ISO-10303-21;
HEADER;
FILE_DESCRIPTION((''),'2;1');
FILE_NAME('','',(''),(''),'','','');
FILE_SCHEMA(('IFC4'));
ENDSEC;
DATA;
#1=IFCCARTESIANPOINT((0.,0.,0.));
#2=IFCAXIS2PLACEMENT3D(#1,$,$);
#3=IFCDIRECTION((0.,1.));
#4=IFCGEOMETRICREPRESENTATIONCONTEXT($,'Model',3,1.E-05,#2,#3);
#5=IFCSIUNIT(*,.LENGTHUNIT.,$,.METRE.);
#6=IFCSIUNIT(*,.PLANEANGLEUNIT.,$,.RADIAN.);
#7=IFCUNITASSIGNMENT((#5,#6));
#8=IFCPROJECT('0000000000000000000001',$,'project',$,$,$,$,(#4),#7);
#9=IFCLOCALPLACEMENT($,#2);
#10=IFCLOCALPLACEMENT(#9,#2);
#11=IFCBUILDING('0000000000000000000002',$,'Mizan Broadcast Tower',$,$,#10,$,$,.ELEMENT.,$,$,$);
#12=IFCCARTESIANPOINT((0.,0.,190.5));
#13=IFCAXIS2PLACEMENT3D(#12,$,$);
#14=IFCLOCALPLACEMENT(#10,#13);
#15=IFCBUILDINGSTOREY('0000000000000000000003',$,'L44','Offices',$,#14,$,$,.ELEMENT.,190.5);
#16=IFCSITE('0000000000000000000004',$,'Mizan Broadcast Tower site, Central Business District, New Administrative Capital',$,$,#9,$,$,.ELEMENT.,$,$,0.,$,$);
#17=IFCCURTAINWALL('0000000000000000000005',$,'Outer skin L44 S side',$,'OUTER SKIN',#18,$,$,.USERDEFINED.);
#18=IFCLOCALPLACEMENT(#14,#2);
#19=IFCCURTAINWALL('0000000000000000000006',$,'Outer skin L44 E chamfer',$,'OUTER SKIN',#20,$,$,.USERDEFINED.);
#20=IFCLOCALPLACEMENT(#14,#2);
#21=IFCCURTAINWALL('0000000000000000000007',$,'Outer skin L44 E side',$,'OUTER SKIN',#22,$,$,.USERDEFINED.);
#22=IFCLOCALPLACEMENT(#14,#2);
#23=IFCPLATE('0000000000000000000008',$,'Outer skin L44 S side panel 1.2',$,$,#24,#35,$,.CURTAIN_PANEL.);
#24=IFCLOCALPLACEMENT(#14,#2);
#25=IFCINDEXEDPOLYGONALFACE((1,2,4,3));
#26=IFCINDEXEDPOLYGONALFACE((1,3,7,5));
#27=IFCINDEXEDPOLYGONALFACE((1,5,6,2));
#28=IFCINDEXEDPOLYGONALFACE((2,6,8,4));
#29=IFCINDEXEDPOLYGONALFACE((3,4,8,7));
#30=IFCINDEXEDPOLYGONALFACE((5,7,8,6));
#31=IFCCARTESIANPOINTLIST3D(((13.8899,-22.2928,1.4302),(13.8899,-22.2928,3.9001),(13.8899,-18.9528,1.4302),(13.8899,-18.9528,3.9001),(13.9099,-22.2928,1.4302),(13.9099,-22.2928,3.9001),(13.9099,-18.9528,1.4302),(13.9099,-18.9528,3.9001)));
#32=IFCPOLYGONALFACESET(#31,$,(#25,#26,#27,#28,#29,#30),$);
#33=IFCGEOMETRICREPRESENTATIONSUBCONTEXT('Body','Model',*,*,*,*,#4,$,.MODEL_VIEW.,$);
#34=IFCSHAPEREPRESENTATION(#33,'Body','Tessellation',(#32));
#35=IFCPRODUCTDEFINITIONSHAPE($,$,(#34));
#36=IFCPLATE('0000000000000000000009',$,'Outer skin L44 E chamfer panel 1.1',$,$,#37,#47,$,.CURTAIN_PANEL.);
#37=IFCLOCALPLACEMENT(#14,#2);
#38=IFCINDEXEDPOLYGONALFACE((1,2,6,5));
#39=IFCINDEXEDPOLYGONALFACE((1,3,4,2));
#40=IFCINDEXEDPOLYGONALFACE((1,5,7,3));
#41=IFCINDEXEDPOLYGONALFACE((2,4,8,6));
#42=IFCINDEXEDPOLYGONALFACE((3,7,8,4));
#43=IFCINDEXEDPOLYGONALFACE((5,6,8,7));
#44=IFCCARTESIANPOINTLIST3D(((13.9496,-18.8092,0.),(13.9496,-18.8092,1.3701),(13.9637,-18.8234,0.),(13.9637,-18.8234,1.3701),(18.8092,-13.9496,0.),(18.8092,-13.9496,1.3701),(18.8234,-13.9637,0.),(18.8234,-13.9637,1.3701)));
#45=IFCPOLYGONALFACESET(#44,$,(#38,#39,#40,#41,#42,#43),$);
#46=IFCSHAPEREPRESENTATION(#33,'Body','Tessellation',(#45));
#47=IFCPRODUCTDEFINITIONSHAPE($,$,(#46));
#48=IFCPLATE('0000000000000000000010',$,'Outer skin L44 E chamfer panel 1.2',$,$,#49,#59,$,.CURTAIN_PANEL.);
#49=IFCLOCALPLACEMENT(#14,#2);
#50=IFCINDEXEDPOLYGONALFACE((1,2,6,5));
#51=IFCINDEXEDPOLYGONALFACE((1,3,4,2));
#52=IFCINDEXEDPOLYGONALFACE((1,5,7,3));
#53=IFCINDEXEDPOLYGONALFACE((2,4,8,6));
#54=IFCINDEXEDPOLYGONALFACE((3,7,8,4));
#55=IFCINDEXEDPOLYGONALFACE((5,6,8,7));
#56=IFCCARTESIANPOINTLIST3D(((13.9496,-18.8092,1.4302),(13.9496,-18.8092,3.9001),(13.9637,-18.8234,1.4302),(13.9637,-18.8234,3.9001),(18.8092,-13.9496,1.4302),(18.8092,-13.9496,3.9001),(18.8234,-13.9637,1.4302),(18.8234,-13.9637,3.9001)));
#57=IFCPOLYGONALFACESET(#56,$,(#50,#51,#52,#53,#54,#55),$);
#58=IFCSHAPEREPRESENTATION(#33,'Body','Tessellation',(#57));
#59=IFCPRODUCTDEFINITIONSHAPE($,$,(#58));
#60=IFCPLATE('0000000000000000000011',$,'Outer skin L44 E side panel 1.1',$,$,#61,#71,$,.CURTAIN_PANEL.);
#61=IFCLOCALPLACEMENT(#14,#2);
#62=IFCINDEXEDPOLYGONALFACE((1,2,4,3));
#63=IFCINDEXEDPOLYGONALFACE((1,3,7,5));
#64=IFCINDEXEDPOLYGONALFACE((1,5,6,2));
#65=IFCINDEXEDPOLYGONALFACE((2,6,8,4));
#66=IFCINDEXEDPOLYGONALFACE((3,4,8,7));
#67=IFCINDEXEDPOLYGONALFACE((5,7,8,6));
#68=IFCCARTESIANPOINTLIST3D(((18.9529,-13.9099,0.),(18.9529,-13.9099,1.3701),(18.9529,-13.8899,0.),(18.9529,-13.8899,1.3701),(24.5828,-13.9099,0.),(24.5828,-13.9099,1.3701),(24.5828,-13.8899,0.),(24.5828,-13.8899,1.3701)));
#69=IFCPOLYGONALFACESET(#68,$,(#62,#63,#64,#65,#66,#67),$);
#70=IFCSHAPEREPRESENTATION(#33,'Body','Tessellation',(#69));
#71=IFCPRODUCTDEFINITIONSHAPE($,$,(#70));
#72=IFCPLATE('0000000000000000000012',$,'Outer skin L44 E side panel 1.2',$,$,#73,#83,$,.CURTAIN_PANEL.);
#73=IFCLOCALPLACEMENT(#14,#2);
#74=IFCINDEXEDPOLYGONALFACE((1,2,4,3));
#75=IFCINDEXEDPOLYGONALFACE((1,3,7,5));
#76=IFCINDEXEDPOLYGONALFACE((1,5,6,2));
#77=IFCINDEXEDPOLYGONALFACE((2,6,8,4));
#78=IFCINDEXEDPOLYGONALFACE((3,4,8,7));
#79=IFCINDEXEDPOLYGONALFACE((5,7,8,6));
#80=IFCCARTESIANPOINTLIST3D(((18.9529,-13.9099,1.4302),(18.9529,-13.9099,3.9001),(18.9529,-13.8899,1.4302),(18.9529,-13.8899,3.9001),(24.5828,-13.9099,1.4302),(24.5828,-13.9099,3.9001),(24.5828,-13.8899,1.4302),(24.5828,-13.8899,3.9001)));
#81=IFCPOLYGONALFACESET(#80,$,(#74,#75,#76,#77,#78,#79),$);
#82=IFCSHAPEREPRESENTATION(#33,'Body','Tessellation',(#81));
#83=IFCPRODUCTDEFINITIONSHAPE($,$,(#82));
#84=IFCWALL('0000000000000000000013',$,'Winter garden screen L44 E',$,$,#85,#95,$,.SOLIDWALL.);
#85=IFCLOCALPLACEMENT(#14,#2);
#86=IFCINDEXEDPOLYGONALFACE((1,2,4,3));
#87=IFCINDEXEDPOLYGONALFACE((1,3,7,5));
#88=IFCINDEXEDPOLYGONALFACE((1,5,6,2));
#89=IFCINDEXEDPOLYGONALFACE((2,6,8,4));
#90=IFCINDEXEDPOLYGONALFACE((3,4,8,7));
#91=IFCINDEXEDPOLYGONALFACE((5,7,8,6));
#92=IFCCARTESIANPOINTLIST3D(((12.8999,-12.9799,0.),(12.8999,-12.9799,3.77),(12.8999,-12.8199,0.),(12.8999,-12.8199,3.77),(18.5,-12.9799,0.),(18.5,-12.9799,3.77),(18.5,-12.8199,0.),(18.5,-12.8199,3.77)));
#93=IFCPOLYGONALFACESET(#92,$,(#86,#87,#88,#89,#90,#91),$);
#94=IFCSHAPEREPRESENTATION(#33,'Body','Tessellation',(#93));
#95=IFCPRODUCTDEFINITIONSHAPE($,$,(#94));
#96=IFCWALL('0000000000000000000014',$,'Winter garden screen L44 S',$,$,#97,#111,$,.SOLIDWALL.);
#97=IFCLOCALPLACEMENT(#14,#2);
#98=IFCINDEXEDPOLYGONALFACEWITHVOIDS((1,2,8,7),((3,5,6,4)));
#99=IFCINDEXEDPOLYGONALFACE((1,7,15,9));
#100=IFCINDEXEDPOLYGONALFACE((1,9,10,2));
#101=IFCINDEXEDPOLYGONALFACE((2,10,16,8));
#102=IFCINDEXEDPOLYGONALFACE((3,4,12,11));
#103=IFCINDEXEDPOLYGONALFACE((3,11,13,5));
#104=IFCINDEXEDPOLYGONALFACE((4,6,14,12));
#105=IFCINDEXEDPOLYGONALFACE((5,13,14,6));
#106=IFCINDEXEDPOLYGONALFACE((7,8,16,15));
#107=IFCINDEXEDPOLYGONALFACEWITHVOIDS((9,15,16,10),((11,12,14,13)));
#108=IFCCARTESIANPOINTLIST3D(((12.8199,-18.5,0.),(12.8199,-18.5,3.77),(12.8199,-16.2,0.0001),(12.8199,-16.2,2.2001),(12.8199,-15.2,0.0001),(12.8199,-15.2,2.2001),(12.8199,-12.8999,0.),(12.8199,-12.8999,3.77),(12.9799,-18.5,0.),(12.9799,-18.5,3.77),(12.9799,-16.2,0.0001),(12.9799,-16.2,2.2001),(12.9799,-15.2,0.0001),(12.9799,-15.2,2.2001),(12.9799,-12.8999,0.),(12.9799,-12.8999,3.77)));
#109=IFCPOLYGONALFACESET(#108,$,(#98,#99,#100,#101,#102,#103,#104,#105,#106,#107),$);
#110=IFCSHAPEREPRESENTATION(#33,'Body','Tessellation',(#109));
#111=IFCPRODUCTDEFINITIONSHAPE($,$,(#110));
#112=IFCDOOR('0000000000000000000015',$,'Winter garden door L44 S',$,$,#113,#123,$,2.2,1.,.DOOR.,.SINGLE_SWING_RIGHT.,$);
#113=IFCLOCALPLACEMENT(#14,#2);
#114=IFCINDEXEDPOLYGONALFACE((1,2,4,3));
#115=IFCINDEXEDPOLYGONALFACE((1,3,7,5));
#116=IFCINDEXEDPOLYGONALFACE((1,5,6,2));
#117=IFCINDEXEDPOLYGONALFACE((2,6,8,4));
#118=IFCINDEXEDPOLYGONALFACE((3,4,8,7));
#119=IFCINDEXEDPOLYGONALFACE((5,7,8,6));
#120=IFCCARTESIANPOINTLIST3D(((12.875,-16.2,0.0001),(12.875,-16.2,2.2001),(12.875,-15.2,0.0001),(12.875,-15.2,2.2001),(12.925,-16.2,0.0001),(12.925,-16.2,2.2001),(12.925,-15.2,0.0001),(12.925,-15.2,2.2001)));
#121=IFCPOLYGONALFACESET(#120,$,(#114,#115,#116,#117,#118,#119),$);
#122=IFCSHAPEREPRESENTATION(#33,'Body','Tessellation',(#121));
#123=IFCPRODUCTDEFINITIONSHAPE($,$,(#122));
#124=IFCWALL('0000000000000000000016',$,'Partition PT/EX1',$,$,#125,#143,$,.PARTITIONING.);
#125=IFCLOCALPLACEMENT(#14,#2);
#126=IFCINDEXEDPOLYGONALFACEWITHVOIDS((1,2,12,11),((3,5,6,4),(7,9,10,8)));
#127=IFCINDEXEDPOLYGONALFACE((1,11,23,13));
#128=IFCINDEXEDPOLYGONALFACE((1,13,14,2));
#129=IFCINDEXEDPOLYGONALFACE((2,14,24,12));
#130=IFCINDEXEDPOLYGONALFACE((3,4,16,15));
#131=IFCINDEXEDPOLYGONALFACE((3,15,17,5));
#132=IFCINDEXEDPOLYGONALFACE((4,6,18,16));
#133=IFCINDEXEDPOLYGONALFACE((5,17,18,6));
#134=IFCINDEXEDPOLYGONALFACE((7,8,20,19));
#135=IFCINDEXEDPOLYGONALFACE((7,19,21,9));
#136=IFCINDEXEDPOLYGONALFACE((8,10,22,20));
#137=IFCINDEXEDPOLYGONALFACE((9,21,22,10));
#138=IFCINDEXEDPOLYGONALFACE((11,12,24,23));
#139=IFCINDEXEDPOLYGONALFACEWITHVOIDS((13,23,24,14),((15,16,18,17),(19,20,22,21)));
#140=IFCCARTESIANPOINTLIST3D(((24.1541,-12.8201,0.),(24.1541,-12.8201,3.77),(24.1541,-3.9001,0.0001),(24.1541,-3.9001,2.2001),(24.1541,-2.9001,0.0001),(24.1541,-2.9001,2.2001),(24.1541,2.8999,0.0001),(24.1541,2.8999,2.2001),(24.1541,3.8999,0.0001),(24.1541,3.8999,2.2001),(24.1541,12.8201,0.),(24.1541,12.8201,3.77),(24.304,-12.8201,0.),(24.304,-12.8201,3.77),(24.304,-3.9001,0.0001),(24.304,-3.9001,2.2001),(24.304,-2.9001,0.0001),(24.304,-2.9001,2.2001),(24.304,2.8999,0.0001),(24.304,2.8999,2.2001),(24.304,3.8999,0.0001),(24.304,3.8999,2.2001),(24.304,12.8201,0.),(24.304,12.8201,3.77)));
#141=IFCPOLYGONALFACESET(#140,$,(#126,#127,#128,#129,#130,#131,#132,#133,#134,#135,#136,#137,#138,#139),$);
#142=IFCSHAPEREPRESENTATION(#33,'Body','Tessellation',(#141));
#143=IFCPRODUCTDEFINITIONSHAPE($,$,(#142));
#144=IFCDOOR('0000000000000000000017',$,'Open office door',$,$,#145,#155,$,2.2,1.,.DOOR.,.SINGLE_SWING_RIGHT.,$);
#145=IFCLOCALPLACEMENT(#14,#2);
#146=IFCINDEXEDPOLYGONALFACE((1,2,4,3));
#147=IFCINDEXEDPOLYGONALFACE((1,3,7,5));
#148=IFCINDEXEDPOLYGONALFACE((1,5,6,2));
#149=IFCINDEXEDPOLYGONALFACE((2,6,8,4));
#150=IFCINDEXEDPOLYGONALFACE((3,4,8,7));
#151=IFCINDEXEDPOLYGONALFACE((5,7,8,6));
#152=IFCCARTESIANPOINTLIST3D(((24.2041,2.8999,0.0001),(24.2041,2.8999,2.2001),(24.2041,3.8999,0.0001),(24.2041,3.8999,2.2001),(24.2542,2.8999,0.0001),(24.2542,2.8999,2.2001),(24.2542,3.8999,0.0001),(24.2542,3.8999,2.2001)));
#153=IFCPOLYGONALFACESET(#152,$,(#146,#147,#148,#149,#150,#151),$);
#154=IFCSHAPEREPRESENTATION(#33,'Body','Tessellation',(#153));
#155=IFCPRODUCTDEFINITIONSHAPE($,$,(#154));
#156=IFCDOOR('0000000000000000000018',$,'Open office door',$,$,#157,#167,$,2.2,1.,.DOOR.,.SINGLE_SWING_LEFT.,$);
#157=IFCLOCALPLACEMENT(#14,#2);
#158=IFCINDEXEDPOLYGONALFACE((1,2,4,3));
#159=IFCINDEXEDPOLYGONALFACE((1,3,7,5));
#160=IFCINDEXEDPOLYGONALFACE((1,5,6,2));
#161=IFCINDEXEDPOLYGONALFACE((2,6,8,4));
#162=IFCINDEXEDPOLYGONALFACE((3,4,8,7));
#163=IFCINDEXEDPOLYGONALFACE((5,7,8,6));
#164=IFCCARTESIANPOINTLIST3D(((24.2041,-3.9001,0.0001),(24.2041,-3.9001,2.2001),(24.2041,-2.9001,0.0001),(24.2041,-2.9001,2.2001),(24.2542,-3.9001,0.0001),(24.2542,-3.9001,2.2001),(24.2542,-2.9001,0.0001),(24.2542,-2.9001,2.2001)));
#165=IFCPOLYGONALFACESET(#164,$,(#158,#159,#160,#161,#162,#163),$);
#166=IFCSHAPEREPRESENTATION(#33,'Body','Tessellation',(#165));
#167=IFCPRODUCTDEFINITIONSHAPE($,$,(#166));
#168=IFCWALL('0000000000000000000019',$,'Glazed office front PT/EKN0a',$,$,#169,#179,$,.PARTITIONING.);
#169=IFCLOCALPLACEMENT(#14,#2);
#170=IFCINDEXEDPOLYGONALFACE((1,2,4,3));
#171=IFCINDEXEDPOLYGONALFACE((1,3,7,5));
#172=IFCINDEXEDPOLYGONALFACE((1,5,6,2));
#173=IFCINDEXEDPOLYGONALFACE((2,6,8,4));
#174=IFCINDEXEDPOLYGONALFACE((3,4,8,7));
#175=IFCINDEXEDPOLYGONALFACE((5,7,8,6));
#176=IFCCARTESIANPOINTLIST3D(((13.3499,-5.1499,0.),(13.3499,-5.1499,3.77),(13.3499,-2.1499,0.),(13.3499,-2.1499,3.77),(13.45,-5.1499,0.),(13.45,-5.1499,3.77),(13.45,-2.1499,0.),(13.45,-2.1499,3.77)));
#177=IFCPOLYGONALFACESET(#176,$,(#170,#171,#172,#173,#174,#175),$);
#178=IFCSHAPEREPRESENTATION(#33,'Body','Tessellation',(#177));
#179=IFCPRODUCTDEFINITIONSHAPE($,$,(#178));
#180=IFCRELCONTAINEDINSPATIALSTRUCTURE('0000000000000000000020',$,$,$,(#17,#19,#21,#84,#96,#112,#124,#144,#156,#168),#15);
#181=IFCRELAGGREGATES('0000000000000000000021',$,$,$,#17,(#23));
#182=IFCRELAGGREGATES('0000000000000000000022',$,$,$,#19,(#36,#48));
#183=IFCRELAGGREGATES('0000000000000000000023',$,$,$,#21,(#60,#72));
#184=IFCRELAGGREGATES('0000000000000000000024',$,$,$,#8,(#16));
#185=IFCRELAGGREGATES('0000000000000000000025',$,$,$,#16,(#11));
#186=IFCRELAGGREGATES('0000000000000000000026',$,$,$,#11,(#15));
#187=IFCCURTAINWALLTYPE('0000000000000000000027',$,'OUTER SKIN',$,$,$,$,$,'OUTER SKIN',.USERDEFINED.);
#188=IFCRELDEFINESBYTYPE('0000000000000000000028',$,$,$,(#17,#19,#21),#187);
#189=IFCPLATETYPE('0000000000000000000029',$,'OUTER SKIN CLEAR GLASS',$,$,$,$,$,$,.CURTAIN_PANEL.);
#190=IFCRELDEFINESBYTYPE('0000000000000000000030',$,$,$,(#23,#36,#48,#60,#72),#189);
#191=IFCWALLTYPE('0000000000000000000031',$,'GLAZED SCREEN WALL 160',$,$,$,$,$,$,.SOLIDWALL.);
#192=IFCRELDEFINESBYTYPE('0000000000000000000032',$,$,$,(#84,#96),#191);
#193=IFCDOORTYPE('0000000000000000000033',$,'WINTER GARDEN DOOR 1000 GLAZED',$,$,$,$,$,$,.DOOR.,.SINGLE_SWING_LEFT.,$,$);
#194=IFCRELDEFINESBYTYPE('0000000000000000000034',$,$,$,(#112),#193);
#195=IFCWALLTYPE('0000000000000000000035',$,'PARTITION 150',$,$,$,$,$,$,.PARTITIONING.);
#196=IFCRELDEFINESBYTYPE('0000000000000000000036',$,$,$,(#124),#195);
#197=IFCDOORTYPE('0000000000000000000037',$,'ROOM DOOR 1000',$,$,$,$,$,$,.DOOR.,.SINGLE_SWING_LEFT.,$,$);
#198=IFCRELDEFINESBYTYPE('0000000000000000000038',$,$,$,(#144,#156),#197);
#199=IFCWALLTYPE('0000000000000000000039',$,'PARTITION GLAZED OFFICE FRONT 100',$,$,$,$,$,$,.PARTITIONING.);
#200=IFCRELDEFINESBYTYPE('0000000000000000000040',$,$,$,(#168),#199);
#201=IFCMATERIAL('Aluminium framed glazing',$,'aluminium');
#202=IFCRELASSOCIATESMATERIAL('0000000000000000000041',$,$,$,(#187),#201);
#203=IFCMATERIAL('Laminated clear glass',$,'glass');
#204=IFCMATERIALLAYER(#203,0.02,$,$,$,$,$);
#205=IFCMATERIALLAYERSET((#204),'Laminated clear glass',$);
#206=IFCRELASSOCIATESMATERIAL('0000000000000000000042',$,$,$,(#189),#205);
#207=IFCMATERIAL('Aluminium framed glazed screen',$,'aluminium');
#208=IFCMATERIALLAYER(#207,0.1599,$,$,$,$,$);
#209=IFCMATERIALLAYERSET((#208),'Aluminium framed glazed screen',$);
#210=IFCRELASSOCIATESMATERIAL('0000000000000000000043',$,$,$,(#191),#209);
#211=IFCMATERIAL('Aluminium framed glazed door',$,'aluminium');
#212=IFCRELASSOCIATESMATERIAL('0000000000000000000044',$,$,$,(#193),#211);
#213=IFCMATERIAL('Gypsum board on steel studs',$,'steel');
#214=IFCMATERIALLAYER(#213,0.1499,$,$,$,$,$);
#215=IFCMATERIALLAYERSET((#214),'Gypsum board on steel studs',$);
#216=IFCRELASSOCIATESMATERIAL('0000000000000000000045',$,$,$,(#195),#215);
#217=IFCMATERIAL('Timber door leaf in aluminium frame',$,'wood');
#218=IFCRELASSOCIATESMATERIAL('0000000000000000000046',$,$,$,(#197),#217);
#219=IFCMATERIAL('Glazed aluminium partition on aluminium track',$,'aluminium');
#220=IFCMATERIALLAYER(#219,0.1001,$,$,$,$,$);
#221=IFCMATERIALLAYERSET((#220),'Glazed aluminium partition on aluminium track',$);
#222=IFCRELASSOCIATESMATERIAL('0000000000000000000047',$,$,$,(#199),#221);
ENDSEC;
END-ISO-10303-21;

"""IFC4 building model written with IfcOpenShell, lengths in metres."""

from ifc_helpers import new_model, si_unit, direction, frame, frame_2d, origin, origin_2d, place, context, subcontext, project, spatial, rectangle, extrude, material, layer, layer_set, type_object, element, fill, aggregate, save


model = new_model("IFC4")

# Units and contexts
model_context = context("Model", 3, precision=1e-05, world=origin(), true_north=direction((0.0, 1.0)))
body_context = subcontext(model_context, "Body", "Model", "MODEL_VIEW")
ifc_project = project(units=[si_unit("LENGTHUNIT", "METRE"), si_unit("PLANEANGLEUNIT", "RADIAN")], contexts=[model_context])

# Site, building, storey
site_placement = place(None, origin())
site = spatial("IfcSite", under=ifc_project, at=site_placement, Name="Mizan Broadcast Tower site, Central Business District, New Administrative Capital", CompositionType="ELEMENT", RefElevation=0.0)
building_placement = place(site_placement, origin())
building = spatial("IfcBuilding", under=site, at=building_placement, Name="Mizan Broadcast Tower", CompositionType="ELEMENT")
storey_placement = place(building_placement, frame((0.0, 0.0, 190.5)))
storey = spatial("IfcBuildingStorey", under=building, at=storey_placement, Name="L44", Description="Offices", CompositionType="ELEMENT", Elevation=190.5)

# Curtain walls
ifc_material_1 = material(Name="Aluminium framed glazing", Category="aluminium")
curtain_wall_type_1 = type_object("IfcCurtainWallType", Name="OUTER SKIN", ElementType="OUTER SKIN", PredefinedType="USERDEFINED", material=ifc_material_1)
curtain_wall_1_placement = place(storey_placement, origin())
curtain_wall_1 = element("IfcCurtainWall", 1, at=curtain_wall_1_placement, inside=storey, type_object=curtain_wall_type_1, Name="Outer skin L44 S side", ObjectType="OUTER SKIN", PredefinedType="USERDEFINED")
curtain_wall_2_placement = place(storey_placement, origin())
curtain_wall_2 = element("IfcCurtainWall", 2, at=curtain_wall_2_placement, inside=storey, type_object=curtain_wall_type_1, Name="Outer skin L44 E chamfer", ObjectType="OUTER SKIN", PredefinedType="USERDEFINED")
curtain_wall_3_placement = place(storey_placement, origin())
curtain_wall_3 = element("IfcCurtainWall", 3, at=curtain_wall_3_placement, inside=storey, type_object=curtain_wall_type_1, Name="Outer skin L44 E side", ObjectType="OUTER SKIN", PredefinedType="USERDEFINED")

# Plates
ifc_material_2 = material(Name="Laminated clear glass", Category="glass")
ifc_layer_1 = layer(ifc_material_2, 0.02)
ifc_layer_set_1 = layer_set([ifc_layer_1], Name="Laminated clear glass")
plate_type_1 = type_object("IfcPlateType", Name="OUTER SKIN CLEAR GLASS", PredefinedType="CURTAIN_PANEL", material=ifc_layer_set_1)
plate_1_placement = place(storey_placement, frame((13.8999, -20.6228, 1.4302), z_axis=(0.0, 0.0, 1.0), x_axis=(0.0, 1.0, 0.0)))
plate_1 = element("IfcPlate", 4, at=plate_1_placement, type_object=plate_type_1, Name="Outer skin L44 S side panel 1.2", PredefinedType="CURTAIN_PANEL", context=body_context, shape_type="SweptSolid", body=[
    extrude(rectangle(XDim=3.3401, YDim=0.02, at=origin_2d()), origin(), (0.0, 0.0, 1.0), 2.47),
])
aggregate(curtain_wall_1, [plate_1])
plate_2_placement = place(storey_placement, frame((16.3865, -16.3865, 0.0), z_axis=(0.0, 0.0, 1.0), x_axis=(0.707107, 0.707107, 0.0)))
plate_2 = element("IfcPlate", 5, at=plate_2_placement, type_object=plate_type_1, Name="Outer skin L44 E chamfer panel 1.1", PredefinedType="CURTAIN_PANEL", context=body_context, shape_type="SweptSolid", body=[
    extrude(rectangle(XDim=6.8726, YDim=0.02, at=origin_2d()), origin(), (0.0, 0.0, 1.0), 1.3701),
])
plate_3_placement = place(storey_placement, frame((16.3865, -16.3865, 1.4302), z_axis=(0.0, 0.0, 1.0), x_axis=(0.707107, 0.707107, 0.0)))
plate_3 = element("IfcPlate", 6, at=plate_3_placement, type_object=plate_type_1, Name="Outer skin L44 E chamfer panel 1.2", PredefinedType="CURTAIN_PANEL", context=body_context, shape_type="SweptSolid", body=[
    extrude(rectangle(XDim=6.8726, YDim=0.02, at=origin_2d()), origin(), (0.0, 0.0, 1.0), 2.47),
])
aggregate(curtain_wall_2, [plate_2, plate_3])
plate_4_placement = place(storey_placement, frame((21.7678, -13.8999, 0.0), z_axis=(0.0, 0.0, 1.0), x_axis=(1.0, 0.0, 0.0)))
plate_4 = element("IfcPlate", 7, at=plate_4_placement, type_object=plate_type_1, Name="Outer skin L44 E side panel 1.1", PredefinedType="CURTAIN_PANEL", context=body_context, shape_type="SweptSolid", body=[
    extrude(rectangle(XDim=5.6299, YDim=0.02, at=origin_2d()), origin(), (0.0, 0.0, 1.0), 1.3701),
])
plate_5_placement = place(storey_placement, frame((21.7678, -13.8999, 1.4302), z_axis=(0.0, 0.0, 1.0), x_axis=(1.0, 0.0, 0.0)))
plate_5 = element("IfcPlate", 8, at=plate_5_placement, type_object=plate_type_1, Name="Outer skin L44 E side panel 1.2", PredefinedType="CURTAIN_PANEL", context=body_context, shape_type="SweptSolid", body=[
    extrude(rectangle(XDim=5.6299, YDim=0.02, at=origin_2d()), origin(), (0.0, 0.0, 1.0), 2.47),
])
aggregate(curtain_wall_3, [plate_4, plate_5])

# Wall
ifc_material_3 = material(Name="Aluminium framed glazed screen", Category="aluminium")
ifc_layer_2 = layer(ifc_material_3, 0.1599)
ifc_layer_set_2 = layer_set([ifc_layer_2], Name="Aluminium framed glazed screen")
wall_type_1 = type_object("IfcWallType", Name="GLAZED SCREEN WALL 160", PredefinedType="SOLIDWALL", material=ifc_layer_set_2)
wall_1_placement = place(storey_placement, frame((12.8999, -12.8999, 0.0), z_axis=(0.0, 0.0, 1.0), x_axis=(1.0, 0.0, 0.0)))
element("IfcWall", 9, at=wall_1_placement, inside=storey, type_object=wall_type_1, Name="Winter garden screen L44 E", PredefinedType="SOLIDWALL", context=body_context, shape_type="SweptSolid", body=[
    extrude(rectangle(XDim=5.6001, YDim=0.1599, at=frame_2d((2.8, 0.0))), origin(), (0.0, 0.0, 1.0), 3.77),
])

# Wall, opening, door
wall_2_placement = place(storey_placement, frame((12.8999, -18.5, 0.0), z_axis=(0.0, 0.0, 1.0), x_axis=(0.0, 1.0, 0.0)))
wall_2 = element("IfcWall", 10, at=wall_2_placement, inside=storey, type_object=wall_type_1, Name="Winter garden screen L44 S", PredefinedType="SOLIDWALL", context=body_context, shape_type="SweptSolid", body=[
    extrude(rectangle(XDim=5.6001, YDim=0.1599, at=frame_2d((2.8, 0.0))), origin(), (0.0, 0.0, 1.0), 3.77),
])
opening_1_placement = place(wall_2_placement, frame((2.3, 0.0, 0.0)))
opening_1 = element("IfcOpeningElement", 11, at=opening_1_placement, cuts=wall_2, PredefinedType="OPENING", context=body_context, shape_type="SweptSolid", body=[
    extrude(rectangle(XDim=1.0, YDim=2.2, at=frame_2d((0.5, 1.1001))), frame((0.0, 0.0898, 0.0), z_axis=(0.0, -1.0, 0.0), x_axis=(1.0, 0.0, 0.0)), (0.0, 0.0, 1.0), 0.1799),
])
ifc_material_4 = material(Name="Aluminium framed glazed door", Category="aluminium")
door_type_1 = type_object("IfcDoorType", Name="WINTER GARDEN DOOR 1000 GLAZED", OperationType="SINGLE_SWING_LEFT", PredefinedType="DOOR", material=ifc_material_4)
door_1_placement = place(opening_1_placement, origin())
door_1 = element("IfcDoor", 12, at=door_1_placement, inside=storey, type_object=door_type_1, Name="Winter garden door L44 S", OperationType="SINGLE_SWING_RIGHT", OverallHeight=2.2, OverallWidth=1.0, PredefinedType="DOOR", context=body_context, shape_type="SweptSolid", body=[
    extrude(rectangle(XDim=1.0, YDim=2.2, at=frame_2d((0.5, 1.1001))), frame((0.0, 0.0249, 0.0), z_axis=(0.0, -1.0, 0.0), x_axis=(1.0, 0.0, 0.0)), (0.0, 0.0, 1.0), 0.05),
])
fill(opening_1, door_1)

# Wall, openings, doors
ifc_material_5 = material(Name="Gypsum board on steel studs", Category="steel")
ifc_layer_3 = layer(ifc_material_5, 0.1499)
ifc_layer_set_3 = layer_set([ifc_layer_3], Name="Gypsum board on steel studs")
wall_type_2 = type_object("IfcWallType", Name="PARTITION 150", PredefinedType="PARTITIONING", material=ifc_layer_set_3)
wall_3_placement = place(storey_placement, frame((24.229, -12.8201, 0.0), z_axis=(0.0, 0.0, 1.0), x_axis=(0.0, 1.0, 0.0)))
wall_3 = element("IfcWall", 13, at=wall_3_placement, inside=storey, type_object=wall_type_2, Name="Partition PT/EX1", PredefinedType="PARTITIONING", context=body_context, shape_type="SweptSolid", body=[
    extrude(rectangle(XDim=25.6401, YDim=0.1499, at=frame_2d((12.8201, 0.0))), origin(), (0.0, 0.0, 1.0), 3.77),
])
opening_2_placement = place(wall_3_placement, frame((15.72, 0.0, 0.0)))
opening_2 = element("IfcOpeningElement", 14, at=opening_2_placement, cuts=wall_3, PredefinedType="OPENING", context=body_context, shape_type="SweptSolid", body=[
    extrude(rectangle(XDim=1.0, YDim=2.2, at=frame_2d((0.5, 1.1001))), frame((0.0, 0.085, 0.0), z_axis=(0.0, -1.0, 0.0), x_axis=(1.0, 0.0, 0.0)), (0.0, 0.0, 1.0), 0.1699),
])
opening_3_placement = place(wall_3_placement, frame((8.9199, 0.0, 0.0)))
opening_3 = element("IfcOpeningElement", 15, at=opening_3_placement, cuts=wall_3, PredefinedType="OPENING", context=body_context, shape_type="SweptSolid", body=[
    extrude(rectangle(XDim=1.0, YDim=2.2, at=frame_2d((0.5, 1.1001))), frame((0.0, 0.085, 0.0), z_axis=(0.0, -1.0, 0.0), x_axis=(1.0, 0.0, 0.0)), (0.0, 0.0, 1.0), 0.1699),
])
ifc_material_6 = material(Name="Timber door leaf in aluminium frame", Category="wood")
door_type_2 = type_object("IfcDoorType", Name="ROOM DOOR 1000", OperationType="SINGLE_SWING_LEFT", PredefinedType="DOOR", material=ifc_material_6)
door_2_placement = place(opening_2_placement, origin())
door_2 = element("IfcDoor", 16, at=door_2_placement, inside=storey, type_object=door_type_2, Name="Open office door", OperationType="SINGLE_SWING_RIGHT", OverallHeight=2.2, OverallWidth=1.0, PredefinedType="DOOR", context=body_context, shape_type="SweptSolid", body=[
    extrude(rectangle(XDim=1.0, YDim=2.2, at=frame_2d((0.5, 1.1001))), frame((0.0, 0.0249, 0.0), z_axis=(0.0, -1.0, 0.0), x_axis=(1.0, 0.0, 0.0)), (0.0, 0.0, 1.0), 0.05),
])
fill(opening_2, door_2)
door_3_placement = place(opening_3_placement, origin())
door_3 = element("IfcDoor", 17, at=door_3_placement, inside=storey, type_object=door_type_2, Name="Open office door", OperationType="SINGLE_SWING_LEFT", OverallHeight=2.2, OverallWidth=1.0, PredefinedType="DOOR", context=body_context, shape_type="SweptSolid", body=[
    extrude(rectangle(XDim=1.0, YDim=2.2, at=frame_2d((0.5, 1.1001))), frame((0.0, 0.0249, 0.0), z_axis=(0.0, -1.0, 0.0), x_axis=(1.0, 0.0, 0.0)), (0.0, 0.0, 1.0), 0.05),
])
fill(opening_3, door_3)

# Wall
ifc_material_7 = material(Name="Glazed aluminium partition on aluminium track", Category="aluminium")
ifc_layer_4 = layer(ifc_material_7, 0.1001)
ifc_layer_set_4 = layer_set([ifc_layer_4], Name="Glazed aluminium partition on aluminium track")
wall_type_3 = type_object("IfcWallType", Name="PARTITION GLAZED OFFICE FRONT 100", PredefinedType="PARTITIONING", material=ifc_layer_set_4)
for number, where, z_axis, x_axis, name in (
    (18, (13.3999, -2.1499, 0.0), (0.0, 0.0, 1.0), (0.0, -1.0, 0.0), "Glazed office front PT/EKN0a"),
):
    element("IfcWall", number, at=place(storey_placement, frame(where, z_axis=z_axis, x_axis=x_axis)), inside=storey, type_object=wall_type_3, Name=name, PredefinedType="PARTITIONING", context=body_context, shape_type="SweptSolid", body=[
        extrude(rectangle(XDim=3.0, YDim=0.1001, at=frame_2d((1.5, 0.0))), origin(), (0.0, 0.0, 1.0), 3.77),
    ])

save(model, "model.ifc")
